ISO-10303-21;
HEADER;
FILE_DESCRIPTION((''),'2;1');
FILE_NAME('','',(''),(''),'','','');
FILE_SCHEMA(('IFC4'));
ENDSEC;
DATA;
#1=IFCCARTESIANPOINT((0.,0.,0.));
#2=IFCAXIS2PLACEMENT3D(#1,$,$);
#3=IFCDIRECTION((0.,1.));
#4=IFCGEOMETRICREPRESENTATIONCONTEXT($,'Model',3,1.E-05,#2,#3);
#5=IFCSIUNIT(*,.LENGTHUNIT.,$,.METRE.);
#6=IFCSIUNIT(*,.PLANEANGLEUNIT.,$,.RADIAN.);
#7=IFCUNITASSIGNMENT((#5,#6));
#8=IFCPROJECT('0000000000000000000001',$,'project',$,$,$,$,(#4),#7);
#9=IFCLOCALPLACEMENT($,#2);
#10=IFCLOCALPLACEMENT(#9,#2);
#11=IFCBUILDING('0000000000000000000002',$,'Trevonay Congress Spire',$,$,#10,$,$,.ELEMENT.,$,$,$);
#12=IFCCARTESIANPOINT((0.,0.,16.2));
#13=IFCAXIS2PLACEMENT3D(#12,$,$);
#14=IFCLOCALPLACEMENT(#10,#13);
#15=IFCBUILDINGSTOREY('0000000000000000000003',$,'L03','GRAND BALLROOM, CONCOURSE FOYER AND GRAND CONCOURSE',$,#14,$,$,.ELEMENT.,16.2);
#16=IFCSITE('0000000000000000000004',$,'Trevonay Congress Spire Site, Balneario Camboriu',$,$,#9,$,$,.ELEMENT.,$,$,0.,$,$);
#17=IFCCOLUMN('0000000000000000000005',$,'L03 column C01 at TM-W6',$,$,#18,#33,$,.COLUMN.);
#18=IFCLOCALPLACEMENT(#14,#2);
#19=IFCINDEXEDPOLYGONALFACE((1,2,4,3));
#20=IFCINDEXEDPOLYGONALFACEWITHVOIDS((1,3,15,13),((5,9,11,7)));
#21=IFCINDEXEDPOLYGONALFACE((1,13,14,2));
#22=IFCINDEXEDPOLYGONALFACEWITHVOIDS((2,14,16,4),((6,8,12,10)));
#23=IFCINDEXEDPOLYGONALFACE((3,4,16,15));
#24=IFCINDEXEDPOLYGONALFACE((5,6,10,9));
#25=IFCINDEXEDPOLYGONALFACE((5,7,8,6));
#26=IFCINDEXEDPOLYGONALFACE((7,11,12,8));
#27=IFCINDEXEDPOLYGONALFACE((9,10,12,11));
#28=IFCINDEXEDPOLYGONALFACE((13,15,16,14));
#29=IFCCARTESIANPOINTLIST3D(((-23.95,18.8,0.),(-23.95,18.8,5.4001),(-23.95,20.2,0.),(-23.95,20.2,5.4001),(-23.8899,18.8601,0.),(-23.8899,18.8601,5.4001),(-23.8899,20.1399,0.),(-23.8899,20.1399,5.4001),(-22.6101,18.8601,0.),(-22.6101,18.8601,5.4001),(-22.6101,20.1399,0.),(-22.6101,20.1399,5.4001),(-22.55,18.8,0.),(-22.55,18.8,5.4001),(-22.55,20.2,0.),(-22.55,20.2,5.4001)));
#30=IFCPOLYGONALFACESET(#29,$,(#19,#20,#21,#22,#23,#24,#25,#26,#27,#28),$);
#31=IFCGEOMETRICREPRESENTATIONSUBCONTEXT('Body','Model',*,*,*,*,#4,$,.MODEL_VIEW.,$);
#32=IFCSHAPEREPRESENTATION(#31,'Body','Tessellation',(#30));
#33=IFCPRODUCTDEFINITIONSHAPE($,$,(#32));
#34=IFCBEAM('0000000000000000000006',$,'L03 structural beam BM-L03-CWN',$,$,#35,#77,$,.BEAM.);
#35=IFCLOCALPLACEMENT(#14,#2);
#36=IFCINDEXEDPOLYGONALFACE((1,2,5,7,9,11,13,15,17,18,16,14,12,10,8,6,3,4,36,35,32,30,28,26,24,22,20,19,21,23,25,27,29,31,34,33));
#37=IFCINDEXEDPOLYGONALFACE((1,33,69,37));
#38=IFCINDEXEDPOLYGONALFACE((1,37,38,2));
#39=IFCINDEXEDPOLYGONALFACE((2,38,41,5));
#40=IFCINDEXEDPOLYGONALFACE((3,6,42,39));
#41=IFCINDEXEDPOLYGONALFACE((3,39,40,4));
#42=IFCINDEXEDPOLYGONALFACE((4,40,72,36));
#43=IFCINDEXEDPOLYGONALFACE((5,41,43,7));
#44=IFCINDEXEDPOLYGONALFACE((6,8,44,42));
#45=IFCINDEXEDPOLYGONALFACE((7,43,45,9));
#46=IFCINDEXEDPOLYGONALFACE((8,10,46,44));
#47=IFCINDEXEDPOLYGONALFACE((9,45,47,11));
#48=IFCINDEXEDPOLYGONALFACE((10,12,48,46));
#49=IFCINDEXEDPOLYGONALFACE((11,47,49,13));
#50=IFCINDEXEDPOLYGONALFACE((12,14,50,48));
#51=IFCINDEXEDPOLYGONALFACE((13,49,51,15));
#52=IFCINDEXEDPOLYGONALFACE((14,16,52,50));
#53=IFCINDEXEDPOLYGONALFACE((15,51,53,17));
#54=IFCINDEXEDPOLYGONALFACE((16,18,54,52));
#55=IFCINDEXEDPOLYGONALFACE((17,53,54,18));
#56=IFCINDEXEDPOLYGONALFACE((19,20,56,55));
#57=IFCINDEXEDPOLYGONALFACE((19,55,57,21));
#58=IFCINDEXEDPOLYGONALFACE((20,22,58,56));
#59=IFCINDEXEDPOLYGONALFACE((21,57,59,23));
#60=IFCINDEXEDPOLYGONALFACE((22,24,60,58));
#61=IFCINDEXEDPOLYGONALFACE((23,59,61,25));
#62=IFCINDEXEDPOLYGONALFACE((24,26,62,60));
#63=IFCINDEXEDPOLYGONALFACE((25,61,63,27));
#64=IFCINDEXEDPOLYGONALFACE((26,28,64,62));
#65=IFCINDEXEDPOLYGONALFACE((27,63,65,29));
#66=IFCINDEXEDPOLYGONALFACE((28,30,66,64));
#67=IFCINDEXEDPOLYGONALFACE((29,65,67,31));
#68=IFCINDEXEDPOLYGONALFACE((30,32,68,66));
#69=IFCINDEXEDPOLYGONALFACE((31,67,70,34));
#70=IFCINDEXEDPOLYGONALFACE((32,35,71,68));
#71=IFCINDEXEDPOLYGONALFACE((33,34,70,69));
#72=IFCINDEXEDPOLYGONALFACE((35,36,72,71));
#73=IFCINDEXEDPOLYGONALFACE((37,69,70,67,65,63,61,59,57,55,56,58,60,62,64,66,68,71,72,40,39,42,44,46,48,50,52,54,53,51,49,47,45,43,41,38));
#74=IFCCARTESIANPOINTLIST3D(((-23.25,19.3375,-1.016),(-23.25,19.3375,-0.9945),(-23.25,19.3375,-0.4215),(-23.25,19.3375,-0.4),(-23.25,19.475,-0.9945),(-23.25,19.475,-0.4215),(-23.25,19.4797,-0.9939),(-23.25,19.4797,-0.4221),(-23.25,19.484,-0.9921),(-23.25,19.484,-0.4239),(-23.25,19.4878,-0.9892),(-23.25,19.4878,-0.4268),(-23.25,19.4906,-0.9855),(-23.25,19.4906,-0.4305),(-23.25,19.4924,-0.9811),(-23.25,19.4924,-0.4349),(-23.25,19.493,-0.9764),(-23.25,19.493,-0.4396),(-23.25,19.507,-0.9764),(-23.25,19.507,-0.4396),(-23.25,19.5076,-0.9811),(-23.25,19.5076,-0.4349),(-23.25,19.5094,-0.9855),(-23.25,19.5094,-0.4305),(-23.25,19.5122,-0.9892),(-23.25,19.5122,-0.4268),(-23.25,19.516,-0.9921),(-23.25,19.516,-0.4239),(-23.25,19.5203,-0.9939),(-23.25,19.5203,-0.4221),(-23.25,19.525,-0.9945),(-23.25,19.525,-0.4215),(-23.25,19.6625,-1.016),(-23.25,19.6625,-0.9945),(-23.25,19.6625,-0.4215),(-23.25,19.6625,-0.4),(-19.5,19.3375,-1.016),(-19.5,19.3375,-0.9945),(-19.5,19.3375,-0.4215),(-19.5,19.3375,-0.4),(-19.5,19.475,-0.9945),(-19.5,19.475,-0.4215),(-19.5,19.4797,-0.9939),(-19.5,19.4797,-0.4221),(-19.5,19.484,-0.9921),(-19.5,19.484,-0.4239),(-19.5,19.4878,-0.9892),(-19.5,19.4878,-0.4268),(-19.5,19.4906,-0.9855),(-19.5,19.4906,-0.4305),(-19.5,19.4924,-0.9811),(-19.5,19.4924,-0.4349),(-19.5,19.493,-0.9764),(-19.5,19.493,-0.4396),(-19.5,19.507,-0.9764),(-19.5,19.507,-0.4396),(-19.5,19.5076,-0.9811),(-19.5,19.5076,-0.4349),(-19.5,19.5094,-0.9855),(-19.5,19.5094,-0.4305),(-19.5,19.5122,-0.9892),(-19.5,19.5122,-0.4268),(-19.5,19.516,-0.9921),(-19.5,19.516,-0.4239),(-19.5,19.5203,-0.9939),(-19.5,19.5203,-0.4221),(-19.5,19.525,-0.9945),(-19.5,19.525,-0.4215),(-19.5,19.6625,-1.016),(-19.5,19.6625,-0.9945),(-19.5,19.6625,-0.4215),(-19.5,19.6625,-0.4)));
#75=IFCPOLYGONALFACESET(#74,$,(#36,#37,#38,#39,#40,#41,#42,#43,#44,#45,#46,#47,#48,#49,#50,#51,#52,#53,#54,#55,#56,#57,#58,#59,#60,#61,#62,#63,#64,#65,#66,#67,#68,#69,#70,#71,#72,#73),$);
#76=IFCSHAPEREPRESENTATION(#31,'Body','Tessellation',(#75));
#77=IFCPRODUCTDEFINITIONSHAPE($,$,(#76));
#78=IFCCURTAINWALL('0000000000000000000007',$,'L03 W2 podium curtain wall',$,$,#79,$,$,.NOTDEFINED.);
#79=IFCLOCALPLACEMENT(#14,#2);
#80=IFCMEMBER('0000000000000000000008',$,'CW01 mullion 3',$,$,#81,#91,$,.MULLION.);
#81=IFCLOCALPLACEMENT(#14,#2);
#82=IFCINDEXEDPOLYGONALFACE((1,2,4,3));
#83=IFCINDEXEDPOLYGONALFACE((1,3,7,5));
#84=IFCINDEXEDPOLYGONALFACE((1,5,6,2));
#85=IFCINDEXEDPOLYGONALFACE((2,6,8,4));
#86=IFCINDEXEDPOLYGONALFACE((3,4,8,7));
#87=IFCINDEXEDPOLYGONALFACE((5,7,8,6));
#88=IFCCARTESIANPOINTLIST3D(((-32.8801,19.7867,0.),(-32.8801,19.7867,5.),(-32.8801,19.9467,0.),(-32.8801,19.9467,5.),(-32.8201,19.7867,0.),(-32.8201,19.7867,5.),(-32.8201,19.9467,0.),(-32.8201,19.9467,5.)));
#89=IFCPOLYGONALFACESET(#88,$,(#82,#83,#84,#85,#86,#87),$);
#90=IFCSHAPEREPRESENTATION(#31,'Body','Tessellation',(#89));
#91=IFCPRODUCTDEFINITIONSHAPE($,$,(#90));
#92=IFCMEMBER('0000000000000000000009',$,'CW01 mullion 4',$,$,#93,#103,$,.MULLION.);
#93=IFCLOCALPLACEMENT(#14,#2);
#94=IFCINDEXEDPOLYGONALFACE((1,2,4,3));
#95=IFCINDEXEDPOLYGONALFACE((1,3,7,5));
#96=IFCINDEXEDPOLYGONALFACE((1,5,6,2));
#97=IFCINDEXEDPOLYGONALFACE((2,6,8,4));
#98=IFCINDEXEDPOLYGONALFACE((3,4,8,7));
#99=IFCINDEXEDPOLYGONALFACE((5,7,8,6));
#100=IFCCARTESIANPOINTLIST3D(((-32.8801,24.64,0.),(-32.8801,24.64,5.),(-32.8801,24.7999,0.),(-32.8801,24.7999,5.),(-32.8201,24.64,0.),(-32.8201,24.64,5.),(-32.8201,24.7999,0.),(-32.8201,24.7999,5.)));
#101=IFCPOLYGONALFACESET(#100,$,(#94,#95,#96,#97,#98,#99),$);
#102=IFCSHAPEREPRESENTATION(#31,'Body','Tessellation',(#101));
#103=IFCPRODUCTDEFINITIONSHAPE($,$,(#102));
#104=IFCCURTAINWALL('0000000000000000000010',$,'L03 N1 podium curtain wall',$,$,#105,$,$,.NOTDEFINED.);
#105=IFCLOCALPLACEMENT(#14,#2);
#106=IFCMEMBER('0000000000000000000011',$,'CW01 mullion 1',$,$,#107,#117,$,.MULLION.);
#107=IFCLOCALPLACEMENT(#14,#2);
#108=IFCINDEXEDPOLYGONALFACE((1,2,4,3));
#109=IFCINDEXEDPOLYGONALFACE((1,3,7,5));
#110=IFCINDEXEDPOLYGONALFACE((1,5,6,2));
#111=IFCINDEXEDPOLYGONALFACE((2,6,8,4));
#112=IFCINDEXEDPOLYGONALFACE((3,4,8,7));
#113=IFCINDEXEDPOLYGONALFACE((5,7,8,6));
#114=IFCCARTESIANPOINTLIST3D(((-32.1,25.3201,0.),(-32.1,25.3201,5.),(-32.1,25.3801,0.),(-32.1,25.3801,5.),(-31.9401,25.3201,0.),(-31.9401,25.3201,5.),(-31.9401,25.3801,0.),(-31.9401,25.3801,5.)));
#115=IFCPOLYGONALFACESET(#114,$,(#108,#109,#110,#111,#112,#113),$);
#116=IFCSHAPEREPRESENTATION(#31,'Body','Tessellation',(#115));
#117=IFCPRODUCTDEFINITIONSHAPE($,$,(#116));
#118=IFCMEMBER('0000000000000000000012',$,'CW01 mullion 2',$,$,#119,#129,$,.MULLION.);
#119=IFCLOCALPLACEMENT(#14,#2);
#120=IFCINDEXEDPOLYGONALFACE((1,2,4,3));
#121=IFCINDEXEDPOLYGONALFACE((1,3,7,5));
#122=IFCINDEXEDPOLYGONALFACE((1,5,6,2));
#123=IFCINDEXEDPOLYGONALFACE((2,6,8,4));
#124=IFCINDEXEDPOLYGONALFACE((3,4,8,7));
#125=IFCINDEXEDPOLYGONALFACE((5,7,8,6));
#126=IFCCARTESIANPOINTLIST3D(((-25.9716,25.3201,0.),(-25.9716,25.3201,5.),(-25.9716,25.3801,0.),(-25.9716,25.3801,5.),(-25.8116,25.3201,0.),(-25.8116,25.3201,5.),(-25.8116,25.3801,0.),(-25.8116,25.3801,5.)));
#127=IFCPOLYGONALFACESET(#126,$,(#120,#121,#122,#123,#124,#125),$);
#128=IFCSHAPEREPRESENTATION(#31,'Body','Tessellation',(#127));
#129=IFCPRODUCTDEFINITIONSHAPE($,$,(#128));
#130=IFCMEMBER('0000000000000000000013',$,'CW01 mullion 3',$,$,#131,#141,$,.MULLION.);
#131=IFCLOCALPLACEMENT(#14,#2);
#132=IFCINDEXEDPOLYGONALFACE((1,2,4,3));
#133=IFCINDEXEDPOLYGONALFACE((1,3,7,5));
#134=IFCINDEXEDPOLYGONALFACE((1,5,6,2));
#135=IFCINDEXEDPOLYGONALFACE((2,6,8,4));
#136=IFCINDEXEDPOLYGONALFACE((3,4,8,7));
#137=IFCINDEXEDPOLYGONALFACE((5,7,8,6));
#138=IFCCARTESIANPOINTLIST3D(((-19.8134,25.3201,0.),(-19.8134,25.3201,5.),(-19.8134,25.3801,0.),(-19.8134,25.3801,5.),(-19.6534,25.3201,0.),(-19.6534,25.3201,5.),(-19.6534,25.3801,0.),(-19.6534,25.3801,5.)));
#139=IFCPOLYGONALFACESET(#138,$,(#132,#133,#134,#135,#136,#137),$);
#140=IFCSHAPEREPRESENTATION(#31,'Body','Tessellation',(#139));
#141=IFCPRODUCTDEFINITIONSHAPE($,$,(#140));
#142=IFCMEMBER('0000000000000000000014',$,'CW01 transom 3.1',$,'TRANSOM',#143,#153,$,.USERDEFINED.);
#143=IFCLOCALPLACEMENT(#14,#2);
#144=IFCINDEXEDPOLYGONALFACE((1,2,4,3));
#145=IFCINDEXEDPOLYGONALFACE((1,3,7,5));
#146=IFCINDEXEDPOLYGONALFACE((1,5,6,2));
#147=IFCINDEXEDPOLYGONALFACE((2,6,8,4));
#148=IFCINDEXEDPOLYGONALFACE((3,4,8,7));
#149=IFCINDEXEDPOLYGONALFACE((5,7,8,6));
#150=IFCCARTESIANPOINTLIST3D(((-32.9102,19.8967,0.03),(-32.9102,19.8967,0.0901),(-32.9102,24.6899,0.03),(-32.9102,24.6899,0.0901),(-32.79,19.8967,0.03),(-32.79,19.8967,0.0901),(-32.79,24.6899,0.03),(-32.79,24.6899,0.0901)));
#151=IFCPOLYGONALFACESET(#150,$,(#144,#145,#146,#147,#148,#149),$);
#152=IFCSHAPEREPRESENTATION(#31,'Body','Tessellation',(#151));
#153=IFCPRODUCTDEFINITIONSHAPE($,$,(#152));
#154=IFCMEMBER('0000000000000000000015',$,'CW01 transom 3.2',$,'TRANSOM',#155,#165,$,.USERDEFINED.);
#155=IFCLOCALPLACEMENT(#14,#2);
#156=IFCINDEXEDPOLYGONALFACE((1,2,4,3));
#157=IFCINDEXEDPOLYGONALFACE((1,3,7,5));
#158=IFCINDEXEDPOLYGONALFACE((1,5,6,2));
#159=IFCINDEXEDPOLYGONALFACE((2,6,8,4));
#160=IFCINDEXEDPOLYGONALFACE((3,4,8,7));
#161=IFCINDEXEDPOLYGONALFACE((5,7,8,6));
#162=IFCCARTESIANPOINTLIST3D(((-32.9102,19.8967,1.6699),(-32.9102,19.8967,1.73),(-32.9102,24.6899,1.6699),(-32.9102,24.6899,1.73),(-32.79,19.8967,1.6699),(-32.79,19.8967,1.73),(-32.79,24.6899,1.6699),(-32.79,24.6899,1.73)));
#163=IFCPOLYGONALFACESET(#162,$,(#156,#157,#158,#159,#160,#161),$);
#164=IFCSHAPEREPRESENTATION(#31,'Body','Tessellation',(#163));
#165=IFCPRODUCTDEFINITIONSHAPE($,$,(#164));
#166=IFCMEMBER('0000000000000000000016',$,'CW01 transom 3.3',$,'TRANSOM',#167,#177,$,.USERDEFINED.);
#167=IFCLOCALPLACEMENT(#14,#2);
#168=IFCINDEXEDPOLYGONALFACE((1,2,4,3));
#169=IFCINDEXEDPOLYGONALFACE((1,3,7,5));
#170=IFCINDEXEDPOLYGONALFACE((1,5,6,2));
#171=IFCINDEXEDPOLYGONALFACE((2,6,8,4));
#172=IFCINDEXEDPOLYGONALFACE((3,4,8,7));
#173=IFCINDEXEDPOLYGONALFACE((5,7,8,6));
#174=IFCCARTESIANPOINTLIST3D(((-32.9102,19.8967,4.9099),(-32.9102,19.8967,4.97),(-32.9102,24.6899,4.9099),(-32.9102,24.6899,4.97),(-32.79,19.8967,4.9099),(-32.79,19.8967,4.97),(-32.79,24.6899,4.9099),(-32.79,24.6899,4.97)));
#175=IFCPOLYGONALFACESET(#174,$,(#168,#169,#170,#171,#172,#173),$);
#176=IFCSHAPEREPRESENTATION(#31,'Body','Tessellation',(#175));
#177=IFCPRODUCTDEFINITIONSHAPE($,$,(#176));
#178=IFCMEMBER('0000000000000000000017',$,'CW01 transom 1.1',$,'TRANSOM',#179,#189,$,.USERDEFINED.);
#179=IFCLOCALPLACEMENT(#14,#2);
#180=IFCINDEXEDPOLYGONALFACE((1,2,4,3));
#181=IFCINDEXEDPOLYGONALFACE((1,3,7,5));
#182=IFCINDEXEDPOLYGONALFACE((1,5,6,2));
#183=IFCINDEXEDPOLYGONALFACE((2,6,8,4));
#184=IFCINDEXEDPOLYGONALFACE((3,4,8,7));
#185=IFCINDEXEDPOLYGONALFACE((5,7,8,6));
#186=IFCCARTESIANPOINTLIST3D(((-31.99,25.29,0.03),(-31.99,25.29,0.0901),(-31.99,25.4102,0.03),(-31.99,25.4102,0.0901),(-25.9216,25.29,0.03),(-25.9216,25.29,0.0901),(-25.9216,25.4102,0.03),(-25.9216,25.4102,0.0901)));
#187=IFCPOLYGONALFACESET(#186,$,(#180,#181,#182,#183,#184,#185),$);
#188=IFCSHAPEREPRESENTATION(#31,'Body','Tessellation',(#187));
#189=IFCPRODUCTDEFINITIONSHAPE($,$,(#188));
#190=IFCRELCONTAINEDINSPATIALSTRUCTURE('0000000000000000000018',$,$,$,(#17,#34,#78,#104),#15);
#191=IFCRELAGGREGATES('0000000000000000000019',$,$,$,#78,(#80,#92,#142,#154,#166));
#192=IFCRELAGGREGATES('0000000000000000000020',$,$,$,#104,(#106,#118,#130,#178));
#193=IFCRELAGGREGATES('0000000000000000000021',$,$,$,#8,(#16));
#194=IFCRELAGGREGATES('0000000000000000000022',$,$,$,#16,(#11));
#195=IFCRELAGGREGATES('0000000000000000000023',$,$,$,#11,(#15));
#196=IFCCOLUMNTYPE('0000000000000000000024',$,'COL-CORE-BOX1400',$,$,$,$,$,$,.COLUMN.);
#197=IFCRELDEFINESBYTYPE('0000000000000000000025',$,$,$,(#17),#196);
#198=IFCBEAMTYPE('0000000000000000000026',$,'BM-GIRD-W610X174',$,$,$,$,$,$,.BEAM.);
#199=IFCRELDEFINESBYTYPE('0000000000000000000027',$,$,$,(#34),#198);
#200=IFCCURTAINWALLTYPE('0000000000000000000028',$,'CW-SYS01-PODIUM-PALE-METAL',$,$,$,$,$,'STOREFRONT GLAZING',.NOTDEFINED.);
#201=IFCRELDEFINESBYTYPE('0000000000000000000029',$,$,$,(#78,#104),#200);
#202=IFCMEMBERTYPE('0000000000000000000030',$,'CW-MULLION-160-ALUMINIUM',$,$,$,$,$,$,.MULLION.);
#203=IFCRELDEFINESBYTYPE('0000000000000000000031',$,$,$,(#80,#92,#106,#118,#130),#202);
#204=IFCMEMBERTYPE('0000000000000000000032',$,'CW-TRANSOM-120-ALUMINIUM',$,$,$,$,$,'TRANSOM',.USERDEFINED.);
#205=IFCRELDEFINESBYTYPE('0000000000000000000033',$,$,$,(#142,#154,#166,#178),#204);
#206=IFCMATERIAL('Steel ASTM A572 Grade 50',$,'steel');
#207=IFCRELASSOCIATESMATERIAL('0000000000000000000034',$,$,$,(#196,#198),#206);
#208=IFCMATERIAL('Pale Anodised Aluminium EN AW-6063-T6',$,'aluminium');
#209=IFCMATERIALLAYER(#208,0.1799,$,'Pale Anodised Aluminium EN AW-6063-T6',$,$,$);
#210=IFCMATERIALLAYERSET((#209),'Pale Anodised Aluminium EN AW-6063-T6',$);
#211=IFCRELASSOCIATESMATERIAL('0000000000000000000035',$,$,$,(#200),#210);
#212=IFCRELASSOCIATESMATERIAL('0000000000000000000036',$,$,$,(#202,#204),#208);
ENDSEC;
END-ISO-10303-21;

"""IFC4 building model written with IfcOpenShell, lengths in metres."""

from ifc_helpers import new_model, si_unit, direction, frame, origin, origin_2d, place, context, subcontext, project, spatial, rectangle, hollow_rectangle, i_section, extrude, material, layer, layer_set, material_profile, profile_set, type_object, element, aggregate, save


model = new_model("IFC4")

# Units and contexts
model_context = context("Model", 3, precision=1e-05, world=origin(), true_north=direction((0.0, 1.0)))
body_context = subcontext(model_context, "Body", "Model", "MODEL_VIEW")
ifc_project = project(units=[si_unit("LENGTHUNIT", "METRE"), si_unit("PLANEANGLEUNIT", "RADIAN")], contexts=[model_context])

# Site, building, storey
site_placement = place(None, origin())
site = spatial("IfcSite", under=ifc_project, at=site_placement, Name="Trevonay Congress Spire Site, Balneario Camboriu", CompositionType="ELEMENT", RefElevation=0.0)
building_placement = place(site_placement, origin())
building = spatial("IfcBuilding", under=site, at=building_placement, Name="Trevonay Congress Spire", CompositionType="ELEMENT")
storey_placement = place(building_placement, frame((0.0, 0.0, 16.2)))
storey = spatial("IfcBuildingStorey", under=building, at=storey_placement, Name="L03", Description="GRAND BALLROOM, CONCOURSE FOYER AND GRAND CONCOURSE", CompositionType="ELEMENT", Elevation=16.2)

# Column
ifc_material_1 = material(Name="Steel ASTM A572 Grade 50", Category="steel")
ifc_material_profile_1 = material_profile(ifc_material_1, hollow_rectangle(XDim=1.3999, YDim=1.3999, WallThickness=0.0601, at=origin_2d()), Name="BOX 1400x1400x60")
ifc_profile_set_1 = profile_set([ifc_material_profile_1], Name="Steel ASTM A572 Grade 50")
column_type = type_object("IfcColumnType", Name="COL-CORE-BOX1400", PredefinedType="COLUMN", material=ifc_profile_set_1)
column_placement = place(storey_placement, frame((-23.25, 19.5, 0.0), z_axis=(0.0, 0.0, 1.0), x_axis=(1.0, 0.0, 0.0)))
element("IfcColumn", 1, at=column_placement, inside=storey, type_object=column_type, Name="L03 column C01 at TM-W6", PredefinedType="COLUMN", context=body_context, shape_type="SweptSolid", body=[
    extrude(hollow_rectangle(XDim=1.3999, YDim=1.3999, WallThickness=0.0601, at=origin_2d()), origin(), (0.0, 0.0, 1.0), 5.4001),
])

# Beam
ifc_material_profile_2 = material_profile(ifc_material_1, i_section(OverallWidth=0.325, OverallDepth=0.616, WebThickness=0.0139, FlangeThickness=0.0215, FilletRadius=0.0181, at=origin_2d()), Name="W610x174")
ifc_profile_set_2 = profile_set([ifc_material_profile_2], Name="Steel ASTM A572 Grade 50")
beam_type = type_object("IfcBeamType", Name="BM-GIRD-W610X174", PredefinedType="BEAM", material=ifc_profile_set_2)
beam_placement = place(storey_placement, frame((-23.25, 19.5, -0.708), z_axis=(1.0, 0.0, 0.0), x_axis=(0.0, 1.0, 0.0)))
element("IfcBeam", 2, at=beam_placement, inside=storey, type_object=beam_type, Name="L03 structural beam BM-L03-CWN", PredefinedType="BEAM", context=body_context, shape_type="SweptSolid", body=[
    extrude(i_section(OverallWidth=0.325, OverallDepth=0.616, WebThickness=0.0139, FlangeThickness=0.0215, FilletRadius=0.0181, at=origin_2d()), origin(), (0.0, 0.0, 1.0), 3.75),
])

# Curtain walls, members
ifc_material_2 = material(Name="Pale Anodised Aluminium EN AW-6063-T6", Category="aluminium")
ifc_layer_1 = layer(ifc_material_2, 0.1799, Name="Pale Anodised Aluminium EN AW-6063-T6")
ifc_layer_set_1 = layer_set([ifc_layer_1], Name="Pale Anodised Aluminium EN AW-6063-T6")
curtain_wall_type = type_object("IfcCurtainWallType", Name="CW-SYS01-PODIUM-PALE-METAL", ElementType="STOREFRONT GLAZING", PredefinedType="NOTDEFINED", material=ifc_layer_set_1)
curtain_wall_1_placement = place(storey_placement, origin())
curtain_wall_1 = element("IfcCurtainWall", 3, at=curtain_wall_1_placement, inside=storey, type_object=curtain_wall_type, Name="L03 W2 podium curtain wall", PredefinedType="NOTDEFINED")
ifc_material_profile_3 = material_profile(ifc_material_2, rectangle(XDim=0.0601, YDim=0.1599, at=origin_2d()), Name="CW-MULLION-160-ALUMINIUM")
ifc_profile_set_3 = profile_set([ifc_material_profile_3], Name="Pale Anodised Aluminium EN AW-6063-T6")
member_type_1 = type_object("IfcMemberType", Name="CW-MULLION-160-ALUMINIUM", PredefinedType="MULLION", material=ifc_profile_set_3)
member_1_placement = place(storey_placement, frame((-32.8501, 19.8667, 0.0), z_axis=(0.0, 0.0, 1.0), x_axis=(-1.0, 0.0, 0.0)))
member_1 = element("IfcMember", 4, at=member_1_placement, type_object=member_type_1, Name="CW01 mullion 3", PredefinedType="MULLION", context=body_context, shape_type="SweptSolid", body=[
    extrude(rectangle(XDim=0.0601, YDim=0.1599, at=origin_2d()), origin(), (0.0, 0.0, 1.0), 5.0),
])
member_2_placement = place(storey_placement, frame((-32.8501, 24.72, 0.0), z_axis=(0.0, 0.0, 1.0), x_axis=(-1.0, 0.0, 0.0)))
member_2 = element("IfcMember", 5, at=member_2_placement, type_object=member_type_1, Name="CW01 mullion 4", PredefinedType="MULLION", context=body_context, shape_type="SweptSolid", body=[
    extrude(rectangle(XDim=0.0601, YDim=0.1599, at=origin_2d()), origin(), (0.0, 0.0, 1.0), 5.0),
])
curtain_wall_2_placement = place(storey_placement, origin())
curtain_wall_2 = element("IfcCurtainWall", 6, at=curtain_wall_2_placement, inside=storey, type_object=curtain_wall_type, Name="L03 N1 podium curtain wall", PredefinedType="NOTDEFINED")
member_3_placement = place(storey_placement, frame((-32.02, 25.3501, 0.0), z_axis=(0.0, 0.0, 1.0), x_axis=(0.0, 1.0, 0.0)))
member_3 = element("IfcMember", 7, at=member_3_placement, type_object=member_type_1, Name="CW01 mullion 1", PredefinedType="MULLION", context=body_context, shape_type="SweptSolid", body=[
    extrude(rectangle(XDim=0.0601, YDim=0.1599, at=origin_2d()), origin(), (0.0, 0.0, 1.0), 5.0),
])
member_4_placement = place(storey_placement, frame((-25.8916, 25.3501, 0.0), z_axis=(0.0, 0.0, 1.0), x_axis=(0.0, 1.0, 0.0)))
member_4 = element("IfcMember", 8, at=member_4_placement, type_object=member_type_1, Name="CW01 mullion 2", PredefinedType="MULLION", context=body_context, shape_type="SweptSolid", body=[
    extrude(rectangle(XDim=0.0601, YDim=0.1599, at=origin_2d()), origin(), (0.0, 0.0, 1.0), 5.0),
])
member_5_placement = place(storey_placement, frame((-19.7334, 25.3501, 0.0), z_axis=(0.0, 0.0, 1.0), x_axis=(0.0, 1.0, 0.0)))
member_5 = element("IfcMember", 9, at=member_5_placement, type_object=member_type_1, Name="CW01 mullion 3", PredefinedType="MULLION", context=body_context, shape_type="SweptSolid", body=[
    extrude(rectangle(XDim=0.0601, YDim=0.1599, at=origin_2d()), origin(), (0.0, 0.0, 1.0), 5.0),
])

# Members
ifc_material_profile_4 = material_profile(ifc_material_2, rectangle(XDim=0.1201, YDim=0.0601, at=origin_2d()), Name="CW-TRANSOM-120-ALUMINIUM")
ifc_profile_set_4 = profile_set([ifc_material_profile_4], Name="Pale Anodised Aluminium EN AW-6063-T6")
member_type_2 = type_object("IfcMemberType", Name="CW-TRANSOM-120-ALUMINIUM", ElementType="TRANSOM", PredefinedType="USERDEFINED", material=ifc_profile_set_4)
member_6_placement = place(storey_placement, frame((-32.8501, 19.8967, 0.0601), z_axis=(0.0, 1.0, 0.0), x_axis=(-1.0, 0.0, 0.0)))
member_6 = element("IfcMember", 10, at=member_6_placement, type_object=member_type_2, Name="CW01 transom 3.1", ObjectType="TRANSOM", PredefinedType="USERDEFINED", context=body_context, shape_type="SweptSolid", body=[
    extrude(rectangle(XDim=0.1201, YDim=0.0601, at=origin_2d()), origin(), (0.0, 0.0, 1.0), 4.7932),
])
member_7_placement = place(storey_placement, frame((-32.8501, 19.8967, 1.7), z_axis=(0.0, 1.0, 0.0), x_axis=(-1.0, 0.0, 0.0)))
member_7 = element("IfcMember", 11, at=member_7_placement, type_object=member_type_2, Name="CW01 transom 3.2", ObjectType="TRANSOM", PredefinedType="USERDEFINED", context=body_context, shape_type="SweptSolid", body=[
    extrude(rectangle(XDim=0.1201, YDim=0.0601, at=origin_2d()), origin(), (0.0, 0.0, 1.0), 4.7932),
])
member_8_placement = place(storey_placement, frame((-32.8501, 19.8967, 4.9399), z_axis=(0.0, 1.0, 0.0), x_axis=(-1.0, 0.0, 0.0)))
member_8 = element("IfcMember", 12, at=member_8_placement, type_object=member_type_2, Name="CW01 transom 3.3", ObjectType="TRANSOM", PredefinedType="USERDEFINED", context=body_context, shape_type="SweptSolid", body=[
    extrude(rectangle(XDim=0.1201, YDim=0.0601, at=origin_2d()), origin(), (0.0, 0.0, 1.0), 4.7932),
])
member_9_placement = place(storey_placement, frame((-31.99, 25.3501, 0.0601), z_axis=(1.0, 0.0, 0.0), x_axis=(0.0, 1.0, 0.0)))
member_9 = element("IfcMember", 13, at=member_9_placement, type_object=member_type_2, Name="CW01 transom 1.1", ObjectType="TRANSOM", PredefinedType="USERDEFINED", context=body_context, shape_type="SweptSolid", body=[
    extrude(rectangle(XDim=0.1201, YDim=0.0601, at=origin_2d()), origin(), (0.0, 0.0, 1.0), 6.0684),
])

aggregate(curtain_wall_1, [member_1, member_2, member_6, member_7, member_8])
aggregate(curtain_wall_2, [member_3, member_4, member_5, member_9])

save(model, "model.ifc")
